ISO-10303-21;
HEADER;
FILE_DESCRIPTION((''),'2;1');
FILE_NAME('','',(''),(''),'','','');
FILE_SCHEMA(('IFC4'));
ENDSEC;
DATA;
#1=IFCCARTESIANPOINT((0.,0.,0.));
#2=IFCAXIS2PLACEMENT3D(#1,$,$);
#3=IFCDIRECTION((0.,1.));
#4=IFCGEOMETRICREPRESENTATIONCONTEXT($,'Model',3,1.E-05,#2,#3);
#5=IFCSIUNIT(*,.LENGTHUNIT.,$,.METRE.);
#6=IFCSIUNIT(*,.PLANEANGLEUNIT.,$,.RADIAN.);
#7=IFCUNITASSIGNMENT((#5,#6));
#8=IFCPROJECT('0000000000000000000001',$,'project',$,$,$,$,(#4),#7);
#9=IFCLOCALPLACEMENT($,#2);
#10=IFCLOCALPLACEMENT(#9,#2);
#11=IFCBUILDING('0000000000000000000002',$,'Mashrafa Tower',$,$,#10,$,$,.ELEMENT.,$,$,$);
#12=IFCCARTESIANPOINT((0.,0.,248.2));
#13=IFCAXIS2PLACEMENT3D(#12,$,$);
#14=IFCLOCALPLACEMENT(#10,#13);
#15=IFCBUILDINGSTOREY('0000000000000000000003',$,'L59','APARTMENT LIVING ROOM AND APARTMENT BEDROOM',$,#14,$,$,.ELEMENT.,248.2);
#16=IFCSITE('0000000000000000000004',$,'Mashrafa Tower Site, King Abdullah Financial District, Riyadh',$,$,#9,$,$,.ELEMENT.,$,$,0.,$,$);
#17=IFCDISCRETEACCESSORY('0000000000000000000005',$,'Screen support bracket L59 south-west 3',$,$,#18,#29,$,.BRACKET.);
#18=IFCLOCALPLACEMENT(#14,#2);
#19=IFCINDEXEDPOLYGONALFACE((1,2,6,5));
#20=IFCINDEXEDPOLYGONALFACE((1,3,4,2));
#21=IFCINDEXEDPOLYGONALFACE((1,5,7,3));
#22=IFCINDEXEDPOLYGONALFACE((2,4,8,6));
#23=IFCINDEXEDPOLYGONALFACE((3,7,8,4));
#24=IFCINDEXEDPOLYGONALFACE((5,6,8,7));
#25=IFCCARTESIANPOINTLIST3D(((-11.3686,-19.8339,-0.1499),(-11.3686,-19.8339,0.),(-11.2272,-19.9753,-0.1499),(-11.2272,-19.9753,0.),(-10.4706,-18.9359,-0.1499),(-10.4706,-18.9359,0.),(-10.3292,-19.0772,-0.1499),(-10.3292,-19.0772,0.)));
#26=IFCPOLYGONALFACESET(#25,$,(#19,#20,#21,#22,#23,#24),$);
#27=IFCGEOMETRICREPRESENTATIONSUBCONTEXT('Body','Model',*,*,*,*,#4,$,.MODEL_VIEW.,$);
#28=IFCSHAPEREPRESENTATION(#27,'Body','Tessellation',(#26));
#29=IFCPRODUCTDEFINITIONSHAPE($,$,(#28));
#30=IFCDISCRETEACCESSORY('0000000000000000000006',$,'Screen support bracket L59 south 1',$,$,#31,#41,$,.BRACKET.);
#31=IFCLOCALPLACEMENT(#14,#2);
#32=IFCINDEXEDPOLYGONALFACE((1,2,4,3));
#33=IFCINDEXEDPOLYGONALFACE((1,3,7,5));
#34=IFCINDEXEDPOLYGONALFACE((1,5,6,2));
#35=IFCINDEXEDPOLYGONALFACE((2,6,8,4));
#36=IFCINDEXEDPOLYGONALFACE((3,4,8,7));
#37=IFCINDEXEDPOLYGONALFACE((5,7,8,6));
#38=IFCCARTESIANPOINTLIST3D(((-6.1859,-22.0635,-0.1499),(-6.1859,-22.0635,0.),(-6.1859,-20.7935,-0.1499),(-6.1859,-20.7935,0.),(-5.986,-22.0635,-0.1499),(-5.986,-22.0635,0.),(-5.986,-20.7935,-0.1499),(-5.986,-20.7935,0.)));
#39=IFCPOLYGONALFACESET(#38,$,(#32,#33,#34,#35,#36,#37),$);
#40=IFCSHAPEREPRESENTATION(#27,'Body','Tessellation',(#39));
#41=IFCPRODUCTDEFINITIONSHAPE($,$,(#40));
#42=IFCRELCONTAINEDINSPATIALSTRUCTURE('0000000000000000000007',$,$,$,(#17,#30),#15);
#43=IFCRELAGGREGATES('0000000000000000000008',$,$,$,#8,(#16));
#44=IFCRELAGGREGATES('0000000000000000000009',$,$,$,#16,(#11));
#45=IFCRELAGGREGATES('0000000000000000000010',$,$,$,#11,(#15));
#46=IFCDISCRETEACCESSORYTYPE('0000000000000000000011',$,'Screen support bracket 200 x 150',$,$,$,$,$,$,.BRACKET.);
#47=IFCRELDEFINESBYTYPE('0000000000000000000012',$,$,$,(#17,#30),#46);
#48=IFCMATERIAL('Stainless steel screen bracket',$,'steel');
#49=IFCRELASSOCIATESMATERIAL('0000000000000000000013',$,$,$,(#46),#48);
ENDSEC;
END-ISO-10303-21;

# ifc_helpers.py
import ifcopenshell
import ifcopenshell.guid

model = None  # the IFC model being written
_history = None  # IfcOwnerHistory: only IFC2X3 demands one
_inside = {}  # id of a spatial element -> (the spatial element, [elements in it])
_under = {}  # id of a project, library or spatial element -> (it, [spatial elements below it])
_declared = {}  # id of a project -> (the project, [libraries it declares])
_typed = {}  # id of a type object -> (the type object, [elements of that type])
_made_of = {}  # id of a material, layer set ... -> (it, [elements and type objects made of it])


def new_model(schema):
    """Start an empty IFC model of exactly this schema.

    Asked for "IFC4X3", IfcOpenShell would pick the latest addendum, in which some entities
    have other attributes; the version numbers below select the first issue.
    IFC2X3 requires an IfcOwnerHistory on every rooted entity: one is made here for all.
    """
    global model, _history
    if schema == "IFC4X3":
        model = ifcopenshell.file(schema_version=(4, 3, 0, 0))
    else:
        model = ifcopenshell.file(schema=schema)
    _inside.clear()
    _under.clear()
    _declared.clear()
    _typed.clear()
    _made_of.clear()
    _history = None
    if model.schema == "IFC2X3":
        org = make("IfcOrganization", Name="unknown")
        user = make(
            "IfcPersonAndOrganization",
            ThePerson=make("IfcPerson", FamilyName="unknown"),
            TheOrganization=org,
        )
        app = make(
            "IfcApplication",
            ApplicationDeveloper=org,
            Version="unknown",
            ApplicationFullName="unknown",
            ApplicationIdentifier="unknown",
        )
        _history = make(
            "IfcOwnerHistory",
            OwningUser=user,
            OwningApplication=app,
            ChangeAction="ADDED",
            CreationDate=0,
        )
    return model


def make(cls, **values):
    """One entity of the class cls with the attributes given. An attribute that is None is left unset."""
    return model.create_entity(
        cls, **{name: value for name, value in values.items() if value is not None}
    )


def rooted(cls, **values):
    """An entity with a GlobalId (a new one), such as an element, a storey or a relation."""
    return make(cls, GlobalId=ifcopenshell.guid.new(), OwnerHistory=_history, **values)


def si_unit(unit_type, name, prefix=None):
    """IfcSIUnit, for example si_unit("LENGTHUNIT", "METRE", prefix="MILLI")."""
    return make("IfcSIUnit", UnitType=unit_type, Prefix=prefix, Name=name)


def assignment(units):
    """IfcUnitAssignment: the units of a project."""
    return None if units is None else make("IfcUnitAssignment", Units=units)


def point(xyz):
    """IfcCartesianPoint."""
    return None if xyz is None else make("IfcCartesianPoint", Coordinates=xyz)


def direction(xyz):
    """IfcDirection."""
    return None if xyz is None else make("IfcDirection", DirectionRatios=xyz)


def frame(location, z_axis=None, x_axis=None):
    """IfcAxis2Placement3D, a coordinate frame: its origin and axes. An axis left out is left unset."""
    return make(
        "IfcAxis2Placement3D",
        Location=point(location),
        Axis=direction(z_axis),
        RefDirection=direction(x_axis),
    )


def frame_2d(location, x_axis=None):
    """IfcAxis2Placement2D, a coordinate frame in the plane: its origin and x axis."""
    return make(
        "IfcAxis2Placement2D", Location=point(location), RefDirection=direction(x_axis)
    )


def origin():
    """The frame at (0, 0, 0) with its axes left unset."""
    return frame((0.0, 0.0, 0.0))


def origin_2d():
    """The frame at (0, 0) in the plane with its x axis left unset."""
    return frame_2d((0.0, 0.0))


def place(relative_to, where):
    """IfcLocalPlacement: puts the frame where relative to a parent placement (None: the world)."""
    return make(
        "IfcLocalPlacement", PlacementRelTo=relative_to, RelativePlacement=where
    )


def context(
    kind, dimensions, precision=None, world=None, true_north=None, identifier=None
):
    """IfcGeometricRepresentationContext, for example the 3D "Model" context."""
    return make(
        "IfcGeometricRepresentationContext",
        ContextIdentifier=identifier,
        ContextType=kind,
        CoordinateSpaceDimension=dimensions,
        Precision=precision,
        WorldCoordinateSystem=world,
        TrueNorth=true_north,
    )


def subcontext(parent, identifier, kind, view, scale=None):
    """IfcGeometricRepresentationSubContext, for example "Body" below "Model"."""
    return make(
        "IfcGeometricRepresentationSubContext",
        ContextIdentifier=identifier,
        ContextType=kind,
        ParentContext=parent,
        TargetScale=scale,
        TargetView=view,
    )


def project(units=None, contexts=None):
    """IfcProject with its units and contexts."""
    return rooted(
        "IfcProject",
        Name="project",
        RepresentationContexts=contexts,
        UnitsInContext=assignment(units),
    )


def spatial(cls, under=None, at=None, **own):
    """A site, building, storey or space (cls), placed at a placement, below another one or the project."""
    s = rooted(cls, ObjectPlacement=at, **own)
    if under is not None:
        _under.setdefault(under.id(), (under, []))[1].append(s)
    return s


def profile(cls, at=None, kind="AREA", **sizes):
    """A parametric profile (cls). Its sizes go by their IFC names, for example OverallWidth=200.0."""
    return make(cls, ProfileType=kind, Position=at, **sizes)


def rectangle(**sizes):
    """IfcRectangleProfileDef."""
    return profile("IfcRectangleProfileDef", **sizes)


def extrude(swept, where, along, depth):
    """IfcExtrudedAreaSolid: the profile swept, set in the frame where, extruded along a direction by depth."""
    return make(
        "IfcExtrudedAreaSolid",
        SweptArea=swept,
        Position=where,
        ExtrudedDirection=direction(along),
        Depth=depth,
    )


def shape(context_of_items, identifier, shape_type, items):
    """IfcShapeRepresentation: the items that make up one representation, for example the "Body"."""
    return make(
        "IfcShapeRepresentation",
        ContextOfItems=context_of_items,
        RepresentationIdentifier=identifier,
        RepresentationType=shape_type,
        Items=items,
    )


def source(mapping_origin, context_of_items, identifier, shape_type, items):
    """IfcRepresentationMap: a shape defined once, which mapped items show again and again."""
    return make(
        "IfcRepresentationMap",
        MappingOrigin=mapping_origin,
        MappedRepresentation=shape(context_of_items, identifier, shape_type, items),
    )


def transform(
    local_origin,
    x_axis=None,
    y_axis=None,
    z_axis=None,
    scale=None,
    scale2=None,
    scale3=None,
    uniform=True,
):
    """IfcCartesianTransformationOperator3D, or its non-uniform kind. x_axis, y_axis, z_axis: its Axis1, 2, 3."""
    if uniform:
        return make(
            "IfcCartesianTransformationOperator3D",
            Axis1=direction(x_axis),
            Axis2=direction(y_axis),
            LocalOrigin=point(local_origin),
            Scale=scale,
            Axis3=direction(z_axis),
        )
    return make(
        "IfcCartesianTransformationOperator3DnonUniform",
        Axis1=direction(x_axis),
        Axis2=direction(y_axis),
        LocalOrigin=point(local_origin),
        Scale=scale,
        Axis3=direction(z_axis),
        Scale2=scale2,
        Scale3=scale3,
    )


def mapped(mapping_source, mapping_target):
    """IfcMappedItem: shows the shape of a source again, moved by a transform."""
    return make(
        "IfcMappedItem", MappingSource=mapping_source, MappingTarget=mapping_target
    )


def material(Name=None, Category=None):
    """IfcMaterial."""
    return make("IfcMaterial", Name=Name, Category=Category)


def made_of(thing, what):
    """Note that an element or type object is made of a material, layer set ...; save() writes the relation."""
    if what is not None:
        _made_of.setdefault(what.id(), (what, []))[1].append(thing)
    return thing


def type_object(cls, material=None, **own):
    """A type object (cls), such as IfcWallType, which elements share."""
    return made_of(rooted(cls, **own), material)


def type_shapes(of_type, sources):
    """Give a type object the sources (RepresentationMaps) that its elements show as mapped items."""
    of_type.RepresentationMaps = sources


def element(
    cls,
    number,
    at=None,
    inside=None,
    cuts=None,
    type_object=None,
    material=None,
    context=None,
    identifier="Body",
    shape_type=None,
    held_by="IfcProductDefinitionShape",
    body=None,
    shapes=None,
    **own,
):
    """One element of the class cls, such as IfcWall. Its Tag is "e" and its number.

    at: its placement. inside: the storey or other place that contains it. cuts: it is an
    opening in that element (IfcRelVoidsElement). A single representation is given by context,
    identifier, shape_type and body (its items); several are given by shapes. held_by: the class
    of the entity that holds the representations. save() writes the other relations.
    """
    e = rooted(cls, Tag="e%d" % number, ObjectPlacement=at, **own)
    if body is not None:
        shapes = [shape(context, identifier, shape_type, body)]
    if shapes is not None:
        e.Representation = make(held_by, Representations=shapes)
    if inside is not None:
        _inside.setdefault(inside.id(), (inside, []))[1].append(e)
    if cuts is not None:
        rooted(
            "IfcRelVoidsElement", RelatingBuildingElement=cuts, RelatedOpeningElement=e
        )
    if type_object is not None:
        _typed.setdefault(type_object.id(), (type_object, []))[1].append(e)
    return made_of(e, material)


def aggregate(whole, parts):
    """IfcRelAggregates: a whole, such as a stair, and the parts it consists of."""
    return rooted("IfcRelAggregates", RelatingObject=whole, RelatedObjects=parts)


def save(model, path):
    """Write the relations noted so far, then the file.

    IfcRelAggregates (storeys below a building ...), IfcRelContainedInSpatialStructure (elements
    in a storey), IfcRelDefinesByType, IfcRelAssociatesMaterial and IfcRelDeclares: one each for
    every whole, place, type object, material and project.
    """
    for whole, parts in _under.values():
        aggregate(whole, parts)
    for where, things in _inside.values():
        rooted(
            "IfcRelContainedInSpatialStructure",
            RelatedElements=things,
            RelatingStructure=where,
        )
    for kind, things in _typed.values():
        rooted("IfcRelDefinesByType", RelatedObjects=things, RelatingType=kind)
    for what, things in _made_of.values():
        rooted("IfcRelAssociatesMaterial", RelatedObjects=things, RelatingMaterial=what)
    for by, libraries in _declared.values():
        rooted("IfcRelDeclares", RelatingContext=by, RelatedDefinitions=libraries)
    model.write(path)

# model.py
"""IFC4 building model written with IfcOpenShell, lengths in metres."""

from ifc_helpers import new_model, si_unit, direction, frame, origin, origin_2d, place, context, subcontext, project, spatial, rectangle, extrude, source, transform, mapped, material, type_object, type_shapes, element, save


model = new_model("IFC4")

# Units and contexts
model_context = context("Model", 3, precision=1e-05, world=origin(), true_north=direction((0.0, 1.0)))
body_context = subcontext(model_context, "Body", "Model", "MODEL_VIEW")
ifc_project = project(units=[si_unit("LENGTHUNIT", "METRE"), si_unit("PLANEANGLEUNIT", "RADIAN")], contexts=[model_context])

# Site, building, storey
site_placement = place(None, origin())
site = spatial("IfcSite", under=ifc_project, at=site_placement, Name="Mashrafa Tower Site, King Abdullah Financial District, Riyadh", CompositionType="ELEMENT", RefElevation=0.0)
building_placement = place(site_placement, origin())
building = spatial("IfcBuilding", under=site, at=building_placement, Name="Mashrafa Tower", CompositionType="ELEMENT")
storey_placement = place(building_placement, frame((0.0, 0.0, 248.2)))
storey = spatial("IfcBuildingStorey", under=building, at=storey_placement, Name="L59", Description="APARTMENT LIVING ROOM AND APARTMENT BEDROOM", CompositionType="ELEMENT", Elevation=248.2)

# Discrete accessories
ifc_material_1 = material(Name="Stainless steel screen bracket", Category="steel")
discrete_accessory_type = type_object("IfcDiscreteAccessoryType", Name="Screen support bracket 200 x 150", PredefinedType="BRACKET", material=ifc_material_1)
shared_shape_1 = source(origin(), body_context, "Body", "SweptSolid", [
    extrude(rectangle(XDim=0.2, YDim=1.27, at=origin_2d()), origin(), (0.0, 0.0, 1.0), 0.1499),
])
type_shapes(discrete_accessory_type, [shared_shape_1])
for number, where, z_axis, x_axis, name in (
    (1, (-10.8489, -19.4556, -0.1499), (0.0, 0.0, 1.0), (0.707107, -0.707107, 0.0), "Screen support bracket L59 south-west 3"),
    (2, (-6.0859, -21.4285, -0.1499), (0.0, 0.0, 1.0), (1.0, 0.0, 0.0), "Screen support bracket L59 south 1"),
):
    element("IfcDiscreteAccessory", number, at=place(storey_placement, frame(where, z_axis=z_axis, x_axis=x_axis)), inside=storey, type_object=discrete_accessory_type, Name=name, PredefinedType="BRACKET", context=body_context, shape_type="MappedRepresentation", body=[
        mapped(shared_shape_1, transform((0.0, 0.0, 0.0))),
    ])

save(model, "model.ifc")
